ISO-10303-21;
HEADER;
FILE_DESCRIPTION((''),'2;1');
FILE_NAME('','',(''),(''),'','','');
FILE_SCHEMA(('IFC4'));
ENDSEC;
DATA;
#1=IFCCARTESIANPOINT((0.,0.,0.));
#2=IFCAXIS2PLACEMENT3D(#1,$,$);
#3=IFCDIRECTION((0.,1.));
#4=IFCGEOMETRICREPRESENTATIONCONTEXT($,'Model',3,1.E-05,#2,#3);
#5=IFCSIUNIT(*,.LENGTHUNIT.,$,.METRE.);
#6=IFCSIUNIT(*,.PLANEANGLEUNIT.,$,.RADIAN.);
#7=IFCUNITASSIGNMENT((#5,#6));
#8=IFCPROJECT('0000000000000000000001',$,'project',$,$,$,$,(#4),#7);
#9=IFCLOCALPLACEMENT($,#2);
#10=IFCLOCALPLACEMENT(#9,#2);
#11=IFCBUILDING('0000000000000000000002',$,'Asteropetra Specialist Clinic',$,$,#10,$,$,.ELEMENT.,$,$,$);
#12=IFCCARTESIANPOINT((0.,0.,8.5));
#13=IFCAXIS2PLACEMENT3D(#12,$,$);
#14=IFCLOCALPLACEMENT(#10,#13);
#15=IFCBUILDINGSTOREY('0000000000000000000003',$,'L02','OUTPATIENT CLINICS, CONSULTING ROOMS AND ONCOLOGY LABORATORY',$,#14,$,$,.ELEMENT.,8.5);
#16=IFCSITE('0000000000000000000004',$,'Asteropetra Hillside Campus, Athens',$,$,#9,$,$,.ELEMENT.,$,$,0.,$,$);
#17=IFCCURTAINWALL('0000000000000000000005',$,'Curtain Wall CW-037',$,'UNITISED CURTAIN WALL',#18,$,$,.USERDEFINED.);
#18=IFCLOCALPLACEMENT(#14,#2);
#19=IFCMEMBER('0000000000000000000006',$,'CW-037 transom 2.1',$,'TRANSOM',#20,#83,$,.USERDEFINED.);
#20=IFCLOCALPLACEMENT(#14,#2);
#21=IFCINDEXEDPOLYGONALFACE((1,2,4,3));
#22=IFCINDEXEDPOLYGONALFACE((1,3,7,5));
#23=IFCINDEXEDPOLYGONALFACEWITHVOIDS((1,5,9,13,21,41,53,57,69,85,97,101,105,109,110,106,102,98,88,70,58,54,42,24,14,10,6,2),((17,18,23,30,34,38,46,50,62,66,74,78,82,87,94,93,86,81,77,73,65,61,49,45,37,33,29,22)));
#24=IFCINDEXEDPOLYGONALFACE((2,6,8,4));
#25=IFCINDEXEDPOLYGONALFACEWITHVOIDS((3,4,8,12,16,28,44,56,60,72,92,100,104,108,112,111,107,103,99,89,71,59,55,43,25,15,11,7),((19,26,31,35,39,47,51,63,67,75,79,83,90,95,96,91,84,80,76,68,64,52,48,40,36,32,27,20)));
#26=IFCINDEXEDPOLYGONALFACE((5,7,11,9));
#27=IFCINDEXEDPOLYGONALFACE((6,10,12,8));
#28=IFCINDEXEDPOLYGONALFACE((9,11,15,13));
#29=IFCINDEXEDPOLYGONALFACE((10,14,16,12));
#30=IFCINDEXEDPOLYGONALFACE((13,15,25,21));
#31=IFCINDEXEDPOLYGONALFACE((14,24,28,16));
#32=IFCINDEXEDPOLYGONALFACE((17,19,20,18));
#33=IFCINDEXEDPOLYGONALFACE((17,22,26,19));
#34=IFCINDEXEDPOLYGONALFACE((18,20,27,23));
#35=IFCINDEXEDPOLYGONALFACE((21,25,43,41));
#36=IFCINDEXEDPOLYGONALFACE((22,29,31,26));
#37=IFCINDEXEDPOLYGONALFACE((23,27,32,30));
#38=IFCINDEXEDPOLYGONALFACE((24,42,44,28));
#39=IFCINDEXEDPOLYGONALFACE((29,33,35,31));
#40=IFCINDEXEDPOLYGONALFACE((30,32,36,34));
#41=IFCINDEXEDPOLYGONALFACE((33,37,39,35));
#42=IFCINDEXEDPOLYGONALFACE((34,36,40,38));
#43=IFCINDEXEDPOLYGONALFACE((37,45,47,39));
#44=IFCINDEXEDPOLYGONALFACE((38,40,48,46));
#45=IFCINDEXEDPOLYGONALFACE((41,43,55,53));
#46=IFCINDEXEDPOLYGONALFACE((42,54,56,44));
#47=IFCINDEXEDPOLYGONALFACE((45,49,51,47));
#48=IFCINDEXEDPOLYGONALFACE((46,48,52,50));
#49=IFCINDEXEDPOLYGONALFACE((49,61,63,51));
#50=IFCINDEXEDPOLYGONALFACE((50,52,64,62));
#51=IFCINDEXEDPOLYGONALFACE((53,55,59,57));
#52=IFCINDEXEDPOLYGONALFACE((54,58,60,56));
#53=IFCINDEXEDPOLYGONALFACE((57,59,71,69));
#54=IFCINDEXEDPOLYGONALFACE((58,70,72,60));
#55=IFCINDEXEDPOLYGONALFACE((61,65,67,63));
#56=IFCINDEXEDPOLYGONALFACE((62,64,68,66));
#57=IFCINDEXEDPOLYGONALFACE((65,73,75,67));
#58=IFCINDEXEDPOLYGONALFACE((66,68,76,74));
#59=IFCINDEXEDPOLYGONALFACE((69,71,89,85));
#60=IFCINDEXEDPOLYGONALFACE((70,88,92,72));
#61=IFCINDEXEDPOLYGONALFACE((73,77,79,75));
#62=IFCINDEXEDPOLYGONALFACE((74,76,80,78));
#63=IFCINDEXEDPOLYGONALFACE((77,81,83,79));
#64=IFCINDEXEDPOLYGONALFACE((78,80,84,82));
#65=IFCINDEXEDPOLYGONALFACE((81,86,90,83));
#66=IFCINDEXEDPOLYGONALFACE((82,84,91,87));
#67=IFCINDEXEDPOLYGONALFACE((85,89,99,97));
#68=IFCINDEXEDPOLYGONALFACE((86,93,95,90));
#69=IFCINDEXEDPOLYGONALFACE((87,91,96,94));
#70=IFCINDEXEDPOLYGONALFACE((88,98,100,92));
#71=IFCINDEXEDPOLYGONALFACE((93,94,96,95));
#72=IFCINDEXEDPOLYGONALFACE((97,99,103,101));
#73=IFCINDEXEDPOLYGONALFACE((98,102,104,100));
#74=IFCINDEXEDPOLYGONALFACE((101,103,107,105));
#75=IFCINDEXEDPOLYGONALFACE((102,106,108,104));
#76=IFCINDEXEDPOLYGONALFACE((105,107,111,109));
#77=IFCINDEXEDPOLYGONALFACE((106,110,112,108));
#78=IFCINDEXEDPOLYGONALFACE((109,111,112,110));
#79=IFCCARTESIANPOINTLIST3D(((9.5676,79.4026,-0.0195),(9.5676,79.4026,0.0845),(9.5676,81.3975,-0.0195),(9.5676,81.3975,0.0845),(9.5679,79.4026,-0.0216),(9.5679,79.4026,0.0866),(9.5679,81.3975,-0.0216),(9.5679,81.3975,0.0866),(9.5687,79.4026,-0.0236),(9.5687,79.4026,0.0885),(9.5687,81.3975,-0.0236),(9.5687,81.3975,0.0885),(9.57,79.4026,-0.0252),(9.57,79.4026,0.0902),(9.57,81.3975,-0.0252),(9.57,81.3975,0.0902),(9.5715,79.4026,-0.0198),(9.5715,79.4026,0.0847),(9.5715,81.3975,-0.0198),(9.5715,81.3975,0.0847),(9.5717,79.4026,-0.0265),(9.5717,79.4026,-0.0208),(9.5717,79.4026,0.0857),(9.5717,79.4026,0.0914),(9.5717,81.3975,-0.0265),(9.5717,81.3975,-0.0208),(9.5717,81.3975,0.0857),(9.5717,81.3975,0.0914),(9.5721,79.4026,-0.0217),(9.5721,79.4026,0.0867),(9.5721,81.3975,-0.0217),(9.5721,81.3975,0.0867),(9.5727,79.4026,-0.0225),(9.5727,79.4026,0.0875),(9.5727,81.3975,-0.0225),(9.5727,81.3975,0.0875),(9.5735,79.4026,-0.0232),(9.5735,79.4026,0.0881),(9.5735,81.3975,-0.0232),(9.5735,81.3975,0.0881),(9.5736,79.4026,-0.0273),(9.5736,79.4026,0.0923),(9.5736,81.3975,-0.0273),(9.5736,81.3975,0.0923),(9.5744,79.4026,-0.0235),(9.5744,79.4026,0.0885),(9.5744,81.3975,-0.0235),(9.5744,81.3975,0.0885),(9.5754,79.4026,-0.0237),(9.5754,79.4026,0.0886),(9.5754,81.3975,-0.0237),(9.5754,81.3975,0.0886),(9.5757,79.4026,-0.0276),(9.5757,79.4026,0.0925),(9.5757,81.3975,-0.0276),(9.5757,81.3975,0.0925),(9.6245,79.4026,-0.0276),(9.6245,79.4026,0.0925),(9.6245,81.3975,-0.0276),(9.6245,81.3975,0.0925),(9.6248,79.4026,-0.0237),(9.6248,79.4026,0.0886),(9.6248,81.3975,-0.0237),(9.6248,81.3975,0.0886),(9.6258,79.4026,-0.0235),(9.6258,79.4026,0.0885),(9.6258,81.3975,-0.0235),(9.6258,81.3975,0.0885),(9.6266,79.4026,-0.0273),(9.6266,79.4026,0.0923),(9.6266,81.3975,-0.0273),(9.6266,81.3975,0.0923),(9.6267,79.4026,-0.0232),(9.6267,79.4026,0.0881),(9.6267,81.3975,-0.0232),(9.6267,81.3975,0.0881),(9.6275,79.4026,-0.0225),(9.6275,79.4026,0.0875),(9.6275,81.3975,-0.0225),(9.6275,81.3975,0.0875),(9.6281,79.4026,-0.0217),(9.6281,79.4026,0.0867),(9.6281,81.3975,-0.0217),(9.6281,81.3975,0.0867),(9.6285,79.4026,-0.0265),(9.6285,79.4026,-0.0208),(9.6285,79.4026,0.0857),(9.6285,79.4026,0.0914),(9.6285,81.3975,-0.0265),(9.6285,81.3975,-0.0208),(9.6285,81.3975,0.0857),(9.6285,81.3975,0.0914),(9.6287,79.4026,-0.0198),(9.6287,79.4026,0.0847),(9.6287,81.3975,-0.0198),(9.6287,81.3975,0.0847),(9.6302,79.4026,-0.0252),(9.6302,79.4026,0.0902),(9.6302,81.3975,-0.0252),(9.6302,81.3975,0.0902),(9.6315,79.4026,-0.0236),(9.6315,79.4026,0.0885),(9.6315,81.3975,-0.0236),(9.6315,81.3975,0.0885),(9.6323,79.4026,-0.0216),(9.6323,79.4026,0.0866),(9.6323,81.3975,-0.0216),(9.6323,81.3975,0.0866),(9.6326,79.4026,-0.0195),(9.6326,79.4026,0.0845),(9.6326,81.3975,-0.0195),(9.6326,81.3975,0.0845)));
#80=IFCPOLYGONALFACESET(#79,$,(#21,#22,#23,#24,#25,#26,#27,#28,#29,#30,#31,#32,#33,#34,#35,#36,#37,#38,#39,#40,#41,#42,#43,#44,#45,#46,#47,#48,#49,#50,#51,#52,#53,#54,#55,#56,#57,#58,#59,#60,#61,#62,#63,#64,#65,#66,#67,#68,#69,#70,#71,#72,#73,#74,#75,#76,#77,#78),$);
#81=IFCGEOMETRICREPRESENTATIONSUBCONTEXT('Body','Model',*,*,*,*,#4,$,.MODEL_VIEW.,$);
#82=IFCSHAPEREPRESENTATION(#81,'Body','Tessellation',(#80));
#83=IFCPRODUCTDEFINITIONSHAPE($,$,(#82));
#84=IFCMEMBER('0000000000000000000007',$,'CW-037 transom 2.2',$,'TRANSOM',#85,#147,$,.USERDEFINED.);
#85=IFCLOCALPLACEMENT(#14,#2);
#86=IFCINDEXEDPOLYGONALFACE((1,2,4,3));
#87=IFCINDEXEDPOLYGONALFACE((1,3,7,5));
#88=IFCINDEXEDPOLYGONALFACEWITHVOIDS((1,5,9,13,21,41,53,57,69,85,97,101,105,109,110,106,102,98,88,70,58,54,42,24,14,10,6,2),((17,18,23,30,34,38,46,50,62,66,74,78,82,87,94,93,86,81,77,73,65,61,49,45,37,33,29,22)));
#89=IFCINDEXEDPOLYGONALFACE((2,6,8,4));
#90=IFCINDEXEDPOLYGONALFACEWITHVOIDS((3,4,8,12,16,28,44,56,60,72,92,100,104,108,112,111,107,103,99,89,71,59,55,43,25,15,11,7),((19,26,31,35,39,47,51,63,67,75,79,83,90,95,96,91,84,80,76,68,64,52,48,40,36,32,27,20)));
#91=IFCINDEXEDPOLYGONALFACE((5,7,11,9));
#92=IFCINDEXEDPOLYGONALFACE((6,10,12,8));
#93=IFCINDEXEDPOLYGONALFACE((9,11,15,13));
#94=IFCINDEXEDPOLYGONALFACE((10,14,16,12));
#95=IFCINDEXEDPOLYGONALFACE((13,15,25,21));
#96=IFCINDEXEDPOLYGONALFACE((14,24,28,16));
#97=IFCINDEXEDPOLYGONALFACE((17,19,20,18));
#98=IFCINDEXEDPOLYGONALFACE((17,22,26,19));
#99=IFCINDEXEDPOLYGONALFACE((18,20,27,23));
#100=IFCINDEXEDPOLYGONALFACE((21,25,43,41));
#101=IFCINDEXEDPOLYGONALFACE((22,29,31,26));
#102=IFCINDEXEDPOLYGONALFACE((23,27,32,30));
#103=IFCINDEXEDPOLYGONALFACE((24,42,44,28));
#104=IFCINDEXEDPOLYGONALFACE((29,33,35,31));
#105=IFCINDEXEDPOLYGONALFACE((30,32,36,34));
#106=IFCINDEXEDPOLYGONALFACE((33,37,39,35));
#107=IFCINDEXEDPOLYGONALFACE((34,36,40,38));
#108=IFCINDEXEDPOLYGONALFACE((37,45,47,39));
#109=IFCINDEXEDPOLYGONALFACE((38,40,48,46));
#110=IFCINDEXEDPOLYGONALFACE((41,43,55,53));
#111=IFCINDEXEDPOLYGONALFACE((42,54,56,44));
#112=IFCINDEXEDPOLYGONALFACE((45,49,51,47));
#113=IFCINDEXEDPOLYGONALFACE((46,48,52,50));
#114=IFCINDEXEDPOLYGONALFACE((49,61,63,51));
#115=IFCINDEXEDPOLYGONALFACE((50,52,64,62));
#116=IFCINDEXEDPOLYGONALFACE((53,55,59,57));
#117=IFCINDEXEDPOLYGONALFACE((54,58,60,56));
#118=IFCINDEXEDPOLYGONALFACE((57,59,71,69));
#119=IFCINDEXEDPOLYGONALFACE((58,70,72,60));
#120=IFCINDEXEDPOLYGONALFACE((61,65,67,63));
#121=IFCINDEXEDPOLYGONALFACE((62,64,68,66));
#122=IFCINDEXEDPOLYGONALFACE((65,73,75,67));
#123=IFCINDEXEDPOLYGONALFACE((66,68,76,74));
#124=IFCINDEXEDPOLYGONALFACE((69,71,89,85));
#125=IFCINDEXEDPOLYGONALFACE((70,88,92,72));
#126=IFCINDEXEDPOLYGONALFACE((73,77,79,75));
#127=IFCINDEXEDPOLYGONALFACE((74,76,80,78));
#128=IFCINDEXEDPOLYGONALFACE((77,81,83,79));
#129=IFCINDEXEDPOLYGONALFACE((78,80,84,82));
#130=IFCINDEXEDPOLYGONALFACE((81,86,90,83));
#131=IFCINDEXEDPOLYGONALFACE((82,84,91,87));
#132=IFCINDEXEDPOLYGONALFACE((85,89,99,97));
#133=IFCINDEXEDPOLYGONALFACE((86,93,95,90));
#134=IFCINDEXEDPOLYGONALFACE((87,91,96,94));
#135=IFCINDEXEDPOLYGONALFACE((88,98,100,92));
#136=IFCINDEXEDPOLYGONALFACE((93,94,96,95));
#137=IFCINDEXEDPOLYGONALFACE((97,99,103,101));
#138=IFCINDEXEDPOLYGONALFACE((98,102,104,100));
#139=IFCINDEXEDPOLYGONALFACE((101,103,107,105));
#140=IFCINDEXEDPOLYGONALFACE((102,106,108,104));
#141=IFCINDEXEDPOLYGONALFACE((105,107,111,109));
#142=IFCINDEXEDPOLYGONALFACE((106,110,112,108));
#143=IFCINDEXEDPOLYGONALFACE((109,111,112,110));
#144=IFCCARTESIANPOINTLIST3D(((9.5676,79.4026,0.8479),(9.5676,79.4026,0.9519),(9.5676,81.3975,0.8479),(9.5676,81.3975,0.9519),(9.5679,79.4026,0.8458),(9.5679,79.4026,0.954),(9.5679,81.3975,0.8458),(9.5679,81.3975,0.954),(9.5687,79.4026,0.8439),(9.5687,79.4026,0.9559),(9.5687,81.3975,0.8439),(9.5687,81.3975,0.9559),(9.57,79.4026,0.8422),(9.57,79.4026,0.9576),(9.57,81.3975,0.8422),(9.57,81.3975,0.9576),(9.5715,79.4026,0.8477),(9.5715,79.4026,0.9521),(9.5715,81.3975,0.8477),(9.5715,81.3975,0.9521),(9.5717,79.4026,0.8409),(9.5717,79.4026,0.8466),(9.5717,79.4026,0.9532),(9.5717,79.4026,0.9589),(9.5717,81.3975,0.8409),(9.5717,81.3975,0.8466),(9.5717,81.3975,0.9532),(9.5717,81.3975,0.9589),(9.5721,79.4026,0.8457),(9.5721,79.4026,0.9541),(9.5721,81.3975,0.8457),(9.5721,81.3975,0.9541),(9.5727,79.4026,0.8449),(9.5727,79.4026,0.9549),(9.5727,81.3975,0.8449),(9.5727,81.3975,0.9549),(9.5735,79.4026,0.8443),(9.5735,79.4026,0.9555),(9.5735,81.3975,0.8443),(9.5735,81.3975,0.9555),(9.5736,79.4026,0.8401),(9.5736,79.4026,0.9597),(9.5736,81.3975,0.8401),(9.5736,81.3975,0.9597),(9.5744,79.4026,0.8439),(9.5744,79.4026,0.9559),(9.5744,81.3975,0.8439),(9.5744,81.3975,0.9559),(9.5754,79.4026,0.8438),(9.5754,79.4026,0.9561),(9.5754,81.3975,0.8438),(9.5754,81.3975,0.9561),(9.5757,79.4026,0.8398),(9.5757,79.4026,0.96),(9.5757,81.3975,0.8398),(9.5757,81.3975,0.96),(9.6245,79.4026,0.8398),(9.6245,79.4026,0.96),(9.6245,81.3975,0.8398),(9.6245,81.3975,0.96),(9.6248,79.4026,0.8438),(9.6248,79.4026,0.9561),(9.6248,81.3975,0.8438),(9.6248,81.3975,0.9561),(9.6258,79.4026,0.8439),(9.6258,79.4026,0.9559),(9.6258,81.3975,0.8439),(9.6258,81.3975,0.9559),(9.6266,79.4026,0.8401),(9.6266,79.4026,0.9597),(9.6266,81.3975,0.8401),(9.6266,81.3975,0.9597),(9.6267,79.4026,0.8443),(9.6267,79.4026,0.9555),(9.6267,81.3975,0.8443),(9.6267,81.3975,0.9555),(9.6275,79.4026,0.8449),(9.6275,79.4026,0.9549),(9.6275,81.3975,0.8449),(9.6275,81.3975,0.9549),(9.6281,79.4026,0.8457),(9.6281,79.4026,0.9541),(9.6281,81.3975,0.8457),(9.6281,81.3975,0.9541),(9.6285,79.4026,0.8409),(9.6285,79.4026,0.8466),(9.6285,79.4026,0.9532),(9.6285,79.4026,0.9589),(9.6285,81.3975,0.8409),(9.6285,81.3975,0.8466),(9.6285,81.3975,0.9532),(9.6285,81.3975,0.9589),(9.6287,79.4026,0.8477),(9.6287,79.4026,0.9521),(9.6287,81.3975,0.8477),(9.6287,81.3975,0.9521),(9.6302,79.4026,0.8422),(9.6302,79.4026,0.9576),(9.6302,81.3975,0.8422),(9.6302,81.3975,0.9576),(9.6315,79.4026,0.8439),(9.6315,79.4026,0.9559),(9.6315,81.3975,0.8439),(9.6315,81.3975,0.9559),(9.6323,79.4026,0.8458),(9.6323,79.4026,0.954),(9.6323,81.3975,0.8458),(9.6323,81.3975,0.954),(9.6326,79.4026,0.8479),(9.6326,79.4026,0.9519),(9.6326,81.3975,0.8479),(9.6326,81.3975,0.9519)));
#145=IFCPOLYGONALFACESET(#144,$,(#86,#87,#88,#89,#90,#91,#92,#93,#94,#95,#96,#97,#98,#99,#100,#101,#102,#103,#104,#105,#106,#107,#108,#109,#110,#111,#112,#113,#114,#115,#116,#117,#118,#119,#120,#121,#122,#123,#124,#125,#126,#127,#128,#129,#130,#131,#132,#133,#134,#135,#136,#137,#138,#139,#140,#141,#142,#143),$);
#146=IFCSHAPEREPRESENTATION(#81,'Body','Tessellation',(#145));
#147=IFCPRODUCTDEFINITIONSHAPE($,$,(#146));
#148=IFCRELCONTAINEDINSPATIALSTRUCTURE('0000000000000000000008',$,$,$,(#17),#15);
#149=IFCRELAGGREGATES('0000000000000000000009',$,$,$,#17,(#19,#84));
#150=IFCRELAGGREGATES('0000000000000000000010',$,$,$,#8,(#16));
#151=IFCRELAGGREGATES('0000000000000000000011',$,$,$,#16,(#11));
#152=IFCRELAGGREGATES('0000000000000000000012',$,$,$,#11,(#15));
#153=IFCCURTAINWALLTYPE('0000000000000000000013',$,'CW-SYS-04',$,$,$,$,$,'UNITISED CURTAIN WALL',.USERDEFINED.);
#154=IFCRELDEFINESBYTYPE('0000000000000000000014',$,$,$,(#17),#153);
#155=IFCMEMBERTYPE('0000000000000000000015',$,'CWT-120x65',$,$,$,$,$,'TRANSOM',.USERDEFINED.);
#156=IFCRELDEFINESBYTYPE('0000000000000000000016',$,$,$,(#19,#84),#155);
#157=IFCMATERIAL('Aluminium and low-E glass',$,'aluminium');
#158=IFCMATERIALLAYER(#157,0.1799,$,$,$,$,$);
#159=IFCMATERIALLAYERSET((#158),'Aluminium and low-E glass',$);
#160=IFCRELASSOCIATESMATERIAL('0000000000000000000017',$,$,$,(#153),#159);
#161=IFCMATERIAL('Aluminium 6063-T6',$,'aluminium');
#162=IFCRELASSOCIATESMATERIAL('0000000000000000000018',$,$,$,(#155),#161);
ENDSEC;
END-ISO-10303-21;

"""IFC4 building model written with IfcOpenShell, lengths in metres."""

from ifc_helpers import new_model, si_unit, direction, frame, origin, origin_2d, place, context, subcontext, project, spatial, hollow_rectangle, extrude, material, layer, layer_set, material_profile, profile_set, type_object, element, aggregate, save


model = new_model("IFC4")

# Units and contexts
model_context = context("Model", 3, precision=1e-05, world=origin(), true_north=direction((0.0, 1.0)))
body_context = subcontext(model_context, "Body", "Model", "MODEL_VIEW")
ifc_project = project(units=[si_unit("LENGTHUNIT", "METRE"), si_unit("PLANEANGLEUNIT", "RADIAN")], contexts=[model_context])

# Site, building, storey
site_placement = place(None, origin())
site = spatial("IfcSite", under=ifc_project, at=site_placement, Name="Asteropetra Hillside Campus, Athens", CompositionType="ELEMENT", RefElevation=0.0)
building_placement = place(site_placement, origin())
building = spatial("IfcBuilding", under=site, at=building_placement, Name="Asteropetra Specialist Clinic", CompositionType="ELEMENT")
storey_placement = place(building_placement, frame((0.0, 0.0, 8.5)))
storey = spatial("IfcBuildingStorey", under=building, at=storey_placement, Name="L02", Description="OUTPATIENT CLINICS, CONSULTING ROOMS AND ONCOLOGY LABORATORY", CompositionType="ELEMENT", Elevation=8.5)

# Curtain wall
ifc_material_1 = material(Name="Aluminium and low-E glass", Category="aluminium")
ifc_layer_1 = layer(ifc_material_1, 0.1799)
ifc_layer_set_1 = layer_set([ifc_layer_1], Name="Aluminium and low-E glass")
curtain_wall_type_1 = type_object("IfcCurtainWallType", Name="CW-SYS-04", ElementType="UNITISED CURTAIN WALL", PredefinedType="USERDEFINED", material=ifc_layer_set_1)
curtain_wall_1_placement = place(storey_placement, origin())
curtain_wall_1 = element("IfcCurtainWall", 1, at=curtain_wall_1_placement, inside=storey, type_object=curtain_wall_type_1, Name="Curtain Wall CW-037", ObjectType="UNITISED CURTAIN WALL", PredefinedType="USERDEFINED")

# Members
ifc_material_2 = material(Name="Aluminium 6063-T6", Category="aluminium")
ifc_material_profile_1 = material_profile(ifc_material_2, hollow_rectangle(XDim=0.0649, YDim=0.1201, WallThickness=0.0039, InnerFilletRadius=0.0039, OuterFilletRadius=0.0081, at=origin_2d()), Name="TRN 120x65x4.0")
ifc_profile_set_1 = profile_set([ifc_material_profile_1], Name="Aluminium 6063-T6")
member_type_1 = type_object("IfcMemberType", Name="CWT-120x65", ElementType="TRANSOM", PredefinedType="USERDEFINED", material=ifc_profile_set_1)
member_1_placement = place(storey_placement, frame((9.6001, 81.3975, 0.0325), z_axis=(0.0, -1.0, 0.0), x_axis=(1.0, 0.0, 0.0)))
member_1 = element("IfcMember", 2, at=member_1_placement, type_object=member_type_1, Name="CW-037 transom 2.1", ObjectType="TRANSOM", PredefinedType="USERDEFINED", context=body_context, shape_type="SweptSolid", body=[
    extrude(hollow_rectangle(XDim=0.0649, YDim=0.1201, WallThickness=0.0039, InnerFilletRadius=0.0039, OuterFilletRadius=0.0081, at=origin_2d()), origin(), (0.0, 0.0, 1.0), 1.9949),
])
member_2_placement = place(storey_placement, frame((9.6001, 81.3975, 0.8999), z_axis=(0.0, -1.0, 0.0), x_axis=(1.0, 0.0, 0.0)))
member_2 = element("IfcMember", 3, at=member_2_placement, type_object=member_type_1, Name="CW-037 transom 2.2", ObjectType="TRANSOM", PredefinedType="USERDEFINED", context=body_context, shape_type="SweptSolid", body=[
    extrude(hollow_rectangle(XDim=0.0649, YDim=0.1201, WallThickness=0.0039, InnerFilletRadius=0.0039, OuterFilletRadius=0.0081, at=origin_2d()), origin(), (0.0, 0.0, 1.0), 1.9949),
])

aggregate(curtain_wall_1, [member_1, member_2])

save(model, "model.ifc")
